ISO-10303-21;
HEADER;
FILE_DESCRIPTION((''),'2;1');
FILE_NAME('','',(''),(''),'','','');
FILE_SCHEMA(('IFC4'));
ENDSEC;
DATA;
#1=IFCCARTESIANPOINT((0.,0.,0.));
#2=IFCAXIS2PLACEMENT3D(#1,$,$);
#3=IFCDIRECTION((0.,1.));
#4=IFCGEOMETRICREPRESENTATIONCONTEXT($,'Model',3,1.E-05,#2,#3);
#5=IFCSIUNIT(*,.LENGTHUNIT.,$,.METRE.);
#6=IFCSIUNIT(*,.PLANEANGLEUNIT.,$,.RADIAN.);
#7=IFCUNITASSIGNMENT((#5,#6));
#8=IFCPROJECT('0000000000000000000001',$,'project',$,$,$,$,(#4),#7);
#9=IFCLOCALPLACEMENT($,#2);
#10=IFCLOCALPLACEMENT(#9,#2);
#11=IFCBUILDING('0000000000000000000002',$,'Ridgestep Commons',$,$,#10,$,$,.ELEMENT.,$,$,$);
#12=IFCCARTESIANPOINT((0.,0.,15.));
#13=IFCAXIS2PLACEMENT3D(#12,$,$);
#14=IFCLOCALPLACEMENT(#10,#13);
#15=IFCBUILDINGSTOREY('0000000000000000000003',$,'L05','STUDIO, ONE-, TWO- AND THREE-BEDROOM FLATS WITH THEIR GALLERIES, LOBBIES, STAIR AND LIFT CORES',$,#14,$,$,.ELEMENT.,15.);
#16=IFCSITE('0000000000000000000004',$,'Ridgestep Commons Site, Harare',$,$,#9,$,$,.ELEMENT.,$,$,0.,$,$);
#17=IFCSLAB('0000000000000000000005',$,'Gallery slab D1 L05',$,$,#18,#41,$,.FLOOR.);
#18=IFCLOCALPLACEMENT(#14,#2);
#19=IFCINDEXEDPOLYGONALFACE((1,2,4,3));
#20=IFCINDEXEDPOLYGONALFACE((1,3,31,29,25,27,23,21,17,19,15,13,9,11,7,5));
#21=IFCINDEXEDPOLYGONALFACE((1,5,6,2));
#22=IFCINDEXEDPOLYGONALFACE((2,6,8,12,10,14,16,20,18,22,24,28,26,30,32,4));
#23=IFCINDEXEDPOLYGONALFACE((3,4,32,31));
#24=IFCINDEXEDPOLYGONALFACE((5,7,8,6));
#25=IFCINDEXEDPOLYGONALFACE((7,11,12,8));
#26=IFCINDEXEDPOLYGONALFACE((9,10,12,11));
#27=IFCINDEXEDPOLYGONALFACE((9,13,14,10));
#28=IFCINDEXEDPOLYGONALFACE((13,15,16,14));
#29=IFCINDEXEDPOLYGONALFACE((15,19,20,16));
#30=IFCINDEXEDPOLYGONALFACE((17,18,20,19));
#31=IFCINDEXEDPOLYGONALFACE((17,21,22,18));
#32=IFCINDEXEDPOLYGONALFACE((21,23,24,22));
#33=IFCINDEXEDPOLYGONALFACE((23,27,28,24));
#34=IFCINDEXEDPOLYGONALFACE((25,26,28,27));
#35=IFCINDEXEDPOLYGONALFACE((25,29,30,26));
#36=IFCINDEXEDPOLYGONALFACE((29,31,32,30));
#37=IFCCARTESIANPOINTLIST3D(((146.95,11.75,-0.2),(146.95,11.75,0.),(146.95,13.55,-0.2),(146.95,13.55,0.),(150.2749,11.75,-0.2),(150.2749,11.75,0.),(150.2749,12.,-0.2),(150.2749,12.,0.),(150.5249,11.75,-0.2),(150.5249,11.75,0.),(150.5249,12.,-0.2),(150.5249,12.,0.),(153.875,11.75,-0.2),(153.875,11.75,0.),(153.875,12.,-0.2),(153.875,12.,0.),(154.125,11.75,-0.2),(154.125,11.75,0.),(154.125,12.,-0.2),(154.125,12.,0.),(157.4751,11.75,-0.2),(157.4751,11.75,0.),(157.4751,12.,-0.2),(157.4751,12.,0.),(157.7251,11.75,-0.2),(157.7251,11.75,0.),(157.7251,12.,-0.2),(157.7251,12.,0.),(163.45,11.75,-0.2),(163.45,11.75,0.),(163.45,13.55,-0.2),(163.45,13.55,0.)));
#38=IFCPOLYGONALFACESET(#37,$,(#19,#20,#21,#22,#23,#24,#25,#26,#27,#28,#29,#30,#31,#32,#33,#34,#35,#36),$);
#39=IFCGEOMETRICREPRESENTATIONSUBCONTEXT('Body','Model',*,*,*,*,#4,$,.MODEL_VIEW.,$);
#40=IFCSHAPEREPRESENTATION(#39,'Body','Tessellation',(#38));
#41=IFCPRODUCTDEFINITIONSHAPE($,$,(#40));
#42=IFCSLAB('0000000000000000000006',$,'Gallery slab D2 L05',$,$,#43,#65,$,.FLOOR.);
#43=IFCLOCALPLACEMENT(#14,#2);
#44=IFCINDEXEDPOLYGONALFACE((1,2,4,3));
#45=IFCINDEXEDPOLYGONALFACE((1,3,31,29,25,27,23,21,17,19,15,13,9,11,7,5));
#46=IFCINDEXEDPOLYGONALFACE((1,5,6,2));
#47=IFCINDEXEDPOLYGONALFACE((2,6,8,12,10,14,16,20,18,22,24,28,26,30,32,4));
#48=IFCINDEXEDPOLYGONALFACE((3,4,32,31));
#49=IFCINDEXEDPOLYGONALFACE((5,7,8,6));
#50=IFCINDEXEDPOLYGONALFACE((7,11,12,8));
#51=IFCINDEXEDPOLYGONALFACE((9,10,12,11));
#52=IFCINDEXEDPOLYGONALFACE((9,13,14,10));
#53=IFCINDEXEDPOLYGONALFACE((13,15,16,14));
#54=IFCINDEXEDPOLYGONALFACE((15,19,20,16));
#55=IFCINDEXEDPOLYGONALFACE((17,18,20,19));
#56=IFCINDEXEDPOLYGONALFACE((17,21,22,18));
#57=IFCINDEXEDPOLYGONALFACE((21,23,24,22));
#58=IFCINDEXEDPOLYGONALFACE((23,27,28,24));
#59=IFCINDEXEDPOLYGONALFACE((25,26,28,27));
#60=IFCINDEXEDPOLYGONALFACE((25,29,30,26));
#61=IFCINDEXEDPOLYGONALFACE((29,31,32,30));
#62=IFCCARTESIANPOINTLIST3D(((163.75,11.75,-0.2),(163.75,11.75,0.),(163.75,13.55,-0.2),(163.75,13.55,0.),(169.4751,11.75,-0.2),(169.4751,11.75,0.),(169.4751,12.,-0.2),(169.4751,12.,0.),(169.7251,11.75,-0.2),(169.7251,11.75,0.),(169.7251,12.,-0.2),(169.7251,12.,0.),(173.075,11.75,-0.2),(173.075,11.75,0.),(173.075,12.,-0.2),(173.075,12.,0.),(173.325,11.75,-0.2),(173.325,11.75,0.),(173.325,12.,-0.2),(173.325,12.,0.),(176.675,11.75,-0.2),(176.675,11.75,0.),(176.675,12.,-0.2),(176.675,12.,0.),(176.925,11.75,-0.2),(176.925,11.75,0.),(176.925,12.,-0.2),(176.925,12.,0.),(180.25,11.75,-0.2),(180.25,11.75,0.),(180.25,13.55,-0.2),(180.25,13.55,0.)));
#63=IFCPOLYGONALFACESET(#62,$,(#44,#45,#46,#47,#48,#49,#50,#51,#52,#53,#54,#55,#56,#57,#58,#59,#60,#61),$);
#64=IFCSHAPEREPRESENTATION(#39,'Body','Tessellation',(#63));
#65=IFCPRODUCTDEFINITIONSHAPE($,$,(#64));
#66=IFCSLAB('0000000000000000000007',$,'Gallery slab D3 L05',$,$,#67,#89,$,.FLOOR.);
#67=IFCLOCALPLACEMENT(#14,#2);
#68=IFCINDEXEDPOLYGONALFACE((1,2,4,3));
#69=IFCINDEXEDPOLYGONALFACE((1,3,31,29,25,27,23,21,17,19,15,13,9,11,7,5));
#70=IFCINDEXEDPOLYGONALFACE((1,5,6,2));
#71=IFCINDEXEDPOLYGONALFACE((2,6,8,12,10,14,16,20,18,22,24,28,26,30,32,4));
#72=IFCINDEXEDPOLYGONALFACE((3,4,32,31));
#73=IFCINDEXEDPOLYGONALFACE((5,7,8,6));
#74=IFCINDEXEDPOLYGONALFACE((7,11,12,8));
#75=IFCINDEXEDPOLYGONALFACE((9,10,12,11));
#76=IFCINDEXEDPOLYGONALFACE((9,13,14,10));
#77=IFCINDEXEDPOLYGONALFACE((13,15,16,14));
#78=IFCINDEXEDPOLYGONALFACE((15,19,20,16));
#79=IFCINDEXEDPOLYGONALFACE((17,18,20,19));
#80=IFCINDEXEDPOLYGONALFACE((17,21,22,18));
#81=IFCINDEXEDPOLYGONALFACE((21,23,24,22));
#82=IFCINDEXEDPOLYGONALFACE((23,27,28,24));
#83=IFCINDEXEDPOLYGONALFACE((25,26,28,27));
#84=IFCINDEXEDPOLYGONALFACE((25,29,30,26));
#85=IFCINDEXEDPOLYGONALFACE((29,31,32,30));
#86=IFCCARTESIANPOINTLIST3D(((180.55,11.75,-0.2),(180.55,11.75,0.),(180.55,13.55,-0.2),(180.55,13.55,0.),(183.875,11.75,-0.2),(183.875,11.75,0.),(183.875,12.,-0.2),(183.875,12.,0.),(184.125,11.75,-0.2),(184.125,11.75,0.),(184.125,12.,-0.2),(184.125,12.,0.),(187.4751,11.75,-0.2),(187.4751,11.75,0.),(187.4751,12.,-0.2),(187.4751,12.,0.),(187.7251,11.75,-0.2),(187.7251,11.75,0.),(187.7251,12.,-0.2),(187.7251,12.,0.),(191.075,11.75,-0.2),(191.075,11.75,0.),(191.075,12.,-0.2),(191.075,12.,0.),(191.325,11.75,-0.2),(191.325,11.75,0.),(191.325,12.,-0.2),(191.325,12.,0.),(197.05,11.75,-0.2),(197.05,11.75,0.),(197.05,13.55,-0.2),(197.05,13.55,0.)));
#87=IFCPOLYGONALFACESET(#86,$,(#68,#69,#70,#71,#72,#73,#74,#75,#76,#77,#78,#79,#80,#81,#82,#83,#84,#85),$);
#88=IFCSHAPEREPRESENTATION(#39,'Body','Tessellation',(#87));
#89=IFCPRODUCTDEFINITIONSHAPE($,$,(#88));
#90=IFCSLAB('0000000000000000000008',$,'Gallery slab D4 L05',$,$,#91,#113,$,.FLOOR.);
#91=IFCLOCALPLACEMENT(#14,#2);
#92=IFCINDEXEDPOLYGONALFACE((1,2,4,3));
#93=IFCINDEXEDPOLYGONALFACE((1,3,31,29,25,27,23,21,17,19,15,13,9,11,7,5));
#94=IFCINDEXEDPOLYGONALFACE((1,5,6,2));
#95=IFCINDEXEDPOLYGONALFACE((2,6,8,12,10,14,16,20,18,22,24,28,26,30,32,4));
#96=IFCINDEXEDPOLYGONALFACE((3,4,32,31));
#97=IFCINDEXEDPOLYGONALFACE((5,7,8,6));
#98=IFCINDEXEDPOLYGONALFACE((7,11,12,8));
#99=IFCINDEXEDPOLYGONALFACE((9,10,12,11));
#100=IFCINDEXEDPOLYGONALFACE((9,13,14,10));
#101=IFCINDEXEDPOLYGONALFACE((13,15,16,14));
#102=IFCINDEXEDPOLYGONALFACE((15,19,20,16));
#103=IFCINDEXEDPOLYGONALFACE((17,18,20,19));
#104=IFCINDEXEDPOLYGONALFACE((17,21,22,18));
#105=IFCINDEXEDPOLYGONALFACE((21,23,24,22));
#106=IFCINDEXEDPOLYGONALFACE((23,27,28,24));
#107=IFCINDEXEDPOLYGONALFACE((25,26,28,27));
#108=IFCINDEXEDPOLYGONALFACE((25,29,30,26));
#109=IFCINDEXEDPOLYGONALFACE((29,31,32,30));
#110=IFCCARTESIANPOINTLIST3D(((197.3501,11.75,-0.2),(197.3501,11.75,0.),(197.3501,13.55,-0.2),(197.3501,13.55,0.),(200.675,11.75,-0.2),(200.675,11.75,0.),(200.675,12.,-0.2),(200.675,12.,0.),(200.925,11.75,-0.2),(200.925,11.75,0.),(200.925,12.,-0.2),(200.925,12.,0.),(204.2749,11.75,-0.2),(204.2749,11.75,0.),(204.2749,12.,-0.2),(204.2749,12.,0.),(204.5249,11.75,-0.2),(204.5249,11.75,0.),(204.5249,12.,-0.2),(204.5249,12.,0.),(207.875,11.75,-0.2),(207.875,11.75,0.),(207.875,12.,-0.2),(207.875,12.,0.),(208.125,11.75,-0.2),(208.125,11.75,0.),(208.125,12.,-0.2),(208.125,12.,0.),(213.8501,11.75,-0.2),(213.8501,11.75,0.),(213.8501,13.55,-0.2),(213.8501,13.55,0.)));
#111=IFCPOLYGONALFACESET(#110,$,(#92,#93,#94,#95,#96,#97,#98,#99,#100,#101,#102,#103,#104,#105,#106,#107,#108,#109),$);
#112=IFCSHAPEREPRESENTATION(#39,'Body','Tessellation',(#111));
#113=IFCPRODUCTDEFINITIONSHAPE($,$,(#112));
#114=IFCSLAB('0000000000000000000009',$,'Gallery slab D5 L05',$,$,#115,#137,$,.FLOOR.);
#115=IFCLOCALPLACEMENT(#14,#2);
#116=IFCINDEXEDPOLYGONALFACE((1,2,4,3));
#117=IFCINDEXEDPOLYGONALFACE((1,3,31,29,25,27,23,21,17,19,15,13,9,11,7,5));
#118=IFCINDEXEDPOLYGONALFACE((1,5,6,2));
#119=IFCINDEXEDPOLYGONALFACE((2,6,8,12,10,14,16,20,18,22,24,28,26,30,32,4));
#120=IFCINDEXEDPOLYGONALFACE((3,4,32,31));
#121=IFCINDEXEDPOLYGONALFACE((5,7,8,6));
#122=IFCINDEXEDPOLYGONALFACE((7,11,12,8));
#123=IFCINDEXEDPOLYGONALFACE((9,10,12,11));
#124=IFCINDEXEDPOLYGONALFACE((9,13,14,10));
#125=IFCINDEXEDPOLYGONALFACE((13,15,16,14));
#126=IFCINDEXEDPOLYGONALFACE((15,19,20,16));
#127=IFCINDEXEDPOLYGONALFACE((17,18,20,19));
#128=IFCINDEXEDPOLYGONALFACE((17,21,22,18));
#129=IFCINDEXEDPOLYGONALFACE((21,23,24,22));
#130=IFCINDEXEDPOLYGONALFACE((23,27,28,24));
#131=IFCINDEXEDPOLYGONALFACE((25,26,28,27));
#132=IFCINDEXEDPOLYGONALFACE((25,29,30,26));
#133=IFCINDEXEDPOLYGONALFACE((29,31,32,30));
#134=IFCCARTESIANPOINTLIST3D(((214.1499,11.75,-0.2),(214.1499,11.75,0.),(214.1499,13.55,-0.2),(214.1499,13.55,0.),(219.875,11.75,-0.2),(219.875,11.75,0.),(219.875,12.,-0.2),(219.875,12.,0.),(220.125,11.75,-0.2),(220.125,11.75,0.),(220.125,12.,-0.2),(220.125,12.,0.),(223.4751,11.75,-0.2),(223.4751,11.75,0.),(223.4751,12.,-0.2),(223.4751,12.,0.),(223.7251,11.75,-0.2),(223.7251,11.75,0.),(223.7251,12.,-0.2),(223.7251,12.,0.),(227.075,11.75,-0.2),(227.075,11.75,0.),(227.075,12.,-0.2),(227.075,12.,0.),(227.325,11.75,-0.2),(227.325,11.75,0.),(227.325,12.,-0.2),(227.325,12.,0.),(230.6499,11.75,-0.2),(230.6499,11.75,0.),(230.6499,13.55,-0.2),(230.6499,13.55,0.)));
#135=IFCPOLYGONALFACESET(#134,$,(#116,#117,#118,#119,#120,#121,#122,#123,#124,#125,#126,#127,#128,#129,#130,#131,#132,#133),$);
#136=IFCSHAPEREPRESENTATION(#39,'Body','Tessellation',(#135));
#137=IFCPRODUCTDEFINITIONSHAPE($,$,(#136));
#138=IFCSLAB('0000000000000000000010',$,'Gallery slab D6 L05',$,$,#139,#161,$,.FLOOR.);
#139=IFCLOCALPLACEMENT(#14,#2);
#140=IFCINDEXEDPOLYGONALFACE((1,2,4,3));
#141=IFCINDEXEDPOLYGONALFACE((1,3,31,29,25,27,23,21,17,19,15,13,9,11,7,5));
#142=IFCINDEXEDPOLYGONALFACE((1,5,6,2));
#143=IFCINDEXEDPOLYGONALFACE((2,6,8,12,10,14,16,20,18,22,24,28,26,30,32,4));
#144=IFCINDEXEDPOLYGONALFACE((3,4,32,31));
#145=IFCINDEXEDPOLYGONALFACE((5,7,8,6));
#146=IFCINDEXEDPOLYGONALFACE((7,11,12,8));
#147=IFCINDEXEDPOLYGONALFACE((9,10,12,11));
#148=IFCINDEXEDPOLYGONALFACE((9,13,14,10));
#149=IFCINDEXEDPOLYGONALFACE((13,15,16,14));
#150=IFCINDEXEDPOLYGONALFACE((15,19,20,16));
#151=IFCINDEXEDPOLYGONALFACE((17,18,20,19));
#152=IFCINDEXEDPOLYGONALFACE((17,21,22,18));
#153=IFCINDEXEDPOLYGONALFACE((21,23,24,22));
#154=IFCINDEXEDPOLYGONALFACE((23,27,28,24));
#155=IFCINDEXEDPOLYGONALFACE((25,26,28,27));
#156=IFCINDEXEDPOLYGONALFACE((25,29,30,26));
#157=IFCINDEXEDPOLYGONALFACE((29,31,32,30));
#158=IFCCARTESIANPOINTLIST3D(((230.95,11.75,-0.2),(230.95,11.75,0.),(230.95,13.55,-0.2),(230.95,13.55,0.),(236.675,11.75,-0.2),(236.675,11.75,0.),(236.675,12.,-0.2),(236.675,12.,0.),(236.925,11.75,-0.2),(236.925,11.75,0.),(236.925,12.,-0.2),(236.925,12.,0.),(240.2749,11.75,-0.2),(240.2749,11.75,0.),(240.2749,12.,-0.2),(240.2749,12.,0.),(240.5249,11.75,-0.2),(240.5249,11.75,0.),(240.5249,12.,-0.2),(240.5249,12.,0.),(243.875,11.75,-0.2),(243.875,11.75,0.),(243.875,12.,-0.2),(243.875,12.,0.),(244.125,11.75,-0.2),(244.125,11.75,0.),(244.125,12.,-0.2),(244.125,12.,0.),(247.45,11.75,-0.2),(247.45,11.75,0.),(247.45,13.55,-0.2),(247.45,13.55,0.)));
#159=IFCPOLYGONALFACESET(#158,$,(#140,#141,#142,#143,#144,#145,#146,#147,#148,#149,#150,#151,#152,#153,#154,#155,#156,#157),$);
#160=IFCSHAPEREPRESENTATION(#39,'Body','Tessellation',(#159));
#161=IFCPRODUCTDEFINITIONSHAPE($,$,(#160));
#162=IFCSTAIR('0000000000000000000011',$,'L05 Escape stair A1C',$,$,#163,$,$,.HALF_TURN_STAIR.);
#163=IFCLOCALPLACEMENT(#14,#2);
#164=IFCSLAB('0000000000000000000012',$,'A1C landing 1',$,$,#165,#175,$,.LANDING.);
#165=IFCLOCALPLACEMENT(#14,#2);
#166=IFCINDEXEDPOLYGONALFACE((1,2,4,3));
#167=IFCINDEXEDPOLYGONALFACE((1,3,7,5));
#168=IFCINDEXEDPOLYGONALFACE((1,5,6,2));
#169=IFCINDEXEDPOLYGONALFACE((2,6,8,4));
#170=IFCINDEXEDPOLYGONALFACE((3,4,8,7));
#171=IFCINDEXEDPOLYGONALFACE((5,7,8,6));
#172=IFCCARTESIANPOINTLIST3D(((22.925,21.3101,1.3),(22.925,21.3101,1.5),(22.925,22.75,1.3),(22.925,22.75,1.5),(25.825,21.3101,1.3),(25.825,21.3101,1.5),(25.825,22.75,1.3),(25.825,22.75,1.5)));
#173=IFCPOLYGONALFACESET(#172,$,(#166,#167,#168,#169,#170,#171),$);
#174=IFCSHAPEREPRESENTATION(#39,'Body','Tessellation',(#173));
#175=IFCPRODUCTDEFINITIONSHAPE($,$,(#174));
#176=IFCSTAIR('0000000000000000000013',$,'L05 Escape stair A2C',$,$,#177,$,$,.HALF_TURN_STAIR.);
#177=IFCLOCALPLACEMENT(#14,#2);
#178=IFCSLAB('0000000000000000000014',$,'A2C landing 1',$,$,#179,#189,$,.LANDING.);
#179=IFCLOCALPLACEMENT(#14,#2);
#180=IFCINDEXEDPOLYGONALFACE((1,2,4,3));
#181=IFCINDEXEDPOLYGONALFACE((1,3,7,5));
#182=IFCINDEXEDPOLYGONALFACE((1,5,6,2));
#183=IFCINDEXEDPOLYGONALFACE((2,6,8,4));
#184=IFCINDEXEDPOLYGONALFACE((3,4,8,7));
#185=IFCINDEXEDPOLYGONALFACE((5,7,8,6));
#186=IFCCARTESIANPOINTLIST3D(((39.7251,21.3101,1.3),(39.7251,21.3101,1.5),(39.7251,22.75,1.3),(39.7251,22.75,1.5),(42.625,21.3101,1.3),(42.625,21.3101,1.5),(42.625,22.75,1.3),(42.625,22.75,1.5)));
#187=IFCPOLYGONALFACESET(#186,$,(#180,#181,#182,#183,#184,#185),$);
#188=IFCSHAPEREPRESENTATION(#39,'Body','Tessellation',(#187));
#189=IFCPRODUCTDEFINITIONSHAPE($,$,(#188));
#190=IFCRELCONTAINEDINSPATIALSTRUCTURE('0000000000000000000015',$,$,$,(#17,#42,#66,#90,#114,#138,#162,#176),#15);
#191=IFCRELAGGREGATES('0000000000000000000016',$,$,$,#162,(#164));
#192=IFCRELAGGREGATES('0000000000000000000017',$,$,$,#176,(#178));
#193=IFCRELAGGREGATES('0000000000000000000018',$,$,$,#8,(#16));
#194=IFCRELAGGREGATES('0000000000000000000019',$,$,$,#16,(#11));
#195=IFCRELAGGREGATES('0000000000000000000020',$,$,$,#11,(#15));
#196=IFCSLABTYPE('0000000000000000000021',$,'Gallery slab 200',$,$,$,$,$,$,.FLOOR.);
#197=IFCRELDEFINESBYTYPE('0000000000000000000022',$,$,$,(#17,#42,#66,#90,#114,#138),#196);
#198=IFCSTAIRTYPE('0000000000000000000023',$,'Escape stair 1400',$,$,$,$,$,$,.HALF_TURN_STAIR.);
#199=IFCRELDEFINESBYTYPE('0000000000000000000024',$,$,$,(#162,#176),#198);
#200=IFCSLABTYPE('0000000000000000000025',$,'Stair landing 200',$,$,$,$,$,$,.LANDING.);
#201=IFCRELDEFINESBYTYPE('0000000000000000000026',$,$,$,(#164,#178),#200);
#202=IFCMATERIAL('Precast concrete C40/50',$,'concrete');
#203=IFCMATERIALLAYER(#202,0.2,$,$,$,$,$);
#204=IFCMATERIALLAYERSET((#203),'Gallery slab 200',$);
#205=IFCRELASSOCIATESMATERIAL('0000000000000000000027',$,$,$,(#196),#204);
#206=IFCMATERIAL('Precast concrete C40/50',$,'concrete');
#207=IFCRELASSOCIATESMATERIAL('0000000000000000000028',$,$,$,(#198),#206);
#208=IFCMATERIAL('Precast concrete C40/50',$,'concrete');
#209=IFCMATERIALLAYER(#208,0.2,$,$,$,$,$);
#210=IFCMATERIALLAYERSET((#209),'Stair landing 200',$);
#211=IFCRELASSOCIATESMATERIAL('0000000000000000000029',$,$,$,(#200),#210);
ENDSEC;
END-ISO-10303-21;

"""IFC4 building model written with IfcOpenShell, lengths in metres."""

from ifc_helpers import new_model, si_unit, direction, frame, origin, place, context, subcontext, project, spatial, polyline, outline, extrude, material, layer, layer_set, type_object, element, aggregate, save


model = new_model("IFC4")

# Units and contexts
model_context = context("Model", 3, precision=1e-05, world=origin(), true_north=direction((0.0, 1.0)))
body_context = subcontext(model_context, "Body", "Model", "MODEL_VIEW")
ifc_project = project(units=[si_unit("LENGTHUNIT", "METRE"), si_unit("PLANEANGLEUNIT", "RADIAN")], contexts=[model_context])

# Site, building, storey
site_placement = place(None, origin())
site = spatial("IfcSite", under=ifc_project, at=site_placement, Name="Ridgestep Commons Site, Harare", CompositionType="ELEMENT", RefElevation=0.0)
building_placement = place(site_placement, origin())
building = spatial("IfcBuilding", under=site, at=building_placement, Name="Ridgestep Commons", CompositionType="ELEMENT")
storey_placement = place(building_placement, frame((0.0, 0.0, 15.0)))
storey = spatial("IfcBuildingStorey", under=building, at=storey_placement, Name="L05", Description="STUDIO, ONE-, TWO- AND THREE-BEDROOM FLATS WITH THEIR GALLERIES, LOBBIES, STAIR AND LIFT CORES", CompositionType="ELEMENT", Elevation=15.0)

# Slabs
ifc_material_1 = material(Name="Precast concrete C40/50", Category="concrete")
ifc_layer_1 = layer(ifc_material_1, 0.2)
ifc_layer_set_1 = layer_set([ifc_layer_1], Name="Gallery slab 200")
slab_type_1 = type_object("IfcSlabType", Name="Gallery slab 200", PredefinedType="FLOOR", material=ifc_layer_set_1)
slab_1_placement = place(storey_placement, frame((0.0, 0.0, -0.2)))
element("IfcSlab", 1, at=slab_1_placement, inside=storey, type_object=slab_type_1, Name="Gallery slab D1 L05", PredefinedType="FLOOR", context=body_context, shape_type="SweptSolid", body=[
    extrude(outline(polyline([(163.45, 13.55), (146.95, 13.55), (146.95, 11.75), (150.2749, 11.75), (150.2749, 12.0), (150.5249, 12.0), (150.5249, 11.75), (153.875, 11.75), (153.875, 12.0), (154.125, 12.0), (154.125, 11.75), (157.4751, 11.75), (157.4751, 12.0), (157.7251, 12.0), (157.7251, 11.75), (163.45, 11.75), (163.45, 13.55)])), origin(), (0.0, 0.0, 1.0), 0.2),
])
slab_2_placement = place(storey_placement, frame((0.0, 0.0, -0.2)))
element("IfcSlab", 2, at=slab_2_placement, inside=storey, type_object=slab_type_1, Name="Gallery slab D2 L05", PredefinedType="FLOOR", context=body_context, shape_type="SweptSolid", body=[
    extrude(outline(polyline([(180.25, 13.55), (163.75, 13.55), (163.75, 11.75), (169.4751, 11.75), (169.4751, 12.0), (169.7251, 12.0), (169.7251, 11.75), (173.075, 11.75), (173.075, 12.0), (173.325, 12.0), (173.325, 11.75), (176.675, 11.75), (176.675, 12.0), (176.925, 12.0), (176.925, 11.75), (180.25, 11.75), (180.25, 13.55)])), origin(), (0.0, 0.0, 1.0), 0.2),
])
slab_3_placement = place(storey_placement, frame((0.0, 0.0, -0.2)))
element("IfcSlab", 3, at=slab_3_placement, inside=storey, type_object=slab_type_1, Name="Gallery slab D3 L05", PredefinedType="FLOOR", context=body_context, shape_type="SweptSolid", body=[
    extrude(outline(polyline([(197.05, 13.55), (180.55, 13.55), (180.55, 11.75), (183.875, 11.75), (183.875, 12.0), (184.125, 12.0), (184.125, 11.75), (187.4751, 11.75), (187.4751, 12.0), (187.7251, 12.0), (187.7251, 11.75), (191.075, 11.75), (191.075, 12.0), (191.325, 12.0), (191.325, 11.75), (197.05, 11.75), (197.05, 13.55)])), origin(), (0.0, 0.0, 1.0), 0.2),
])
slab_4_placement = place(storey_placement, frame((0.0, 0.0, -0.2)))
element("IfcSlab", 4, at=slab_4_placement, inside=storey, type_object=slab_type_1, Name="Gallery slab D4 L05", PredefinedType="FLOOR", context=body_context, shape_type="SweptSolid", body=[
    extrude(outline(polyline([(213.8501, 13.55), (197.3501, 13.55), (197.3501, 11.75), (200.675, 11.75), (200.675, 12.0), (200.925, 12.0), (200.925, 11.75), (204.2749, 11.75), (204.2749, 12.0), (204.5249, 12.0), (204.5249, 11.75), (207.875, 11.75), (207.875, 12.0), (208.125, 12.0), (208.125, 11.75), (213.8501, 11.75), (213.8501, 13.55)])), origin(), (0.0, 0.0, 1.0), 0.2),
])
slab_5_placement = place(storey_placement, frame((0.0, 0.0, -0.2)))
element("IfcSlab", 5, at=slab_5_placement, inside=storey, type_object=slab_type_1, Name="Gallery slab D5 L05", PredefinedType="FLOOR", context=body_context, shape_type="SweptSolid", body=[
    extrude(outline(polyline([(230.6499, 13.55), (214.1499, 13.55), (214.1499, 11.75), (219.875, 11.75), (219.875, 12.0), (220.125, 12.0), (220.125, 11.75), (223.4751, 11.75), (223.4751, 12.0), (223.7251, 12.0), (223.7251, 11.75), (227.075, 11.75), (227.075, 12.0), (227.325, 12.0), (227.325, 11.75), (230.6499, 11.75), (230.6499, 13.55)])), origin(), (0.0, 0.0, 1.0), 0.2),
])
slab_6_placement = place(storey_placement, frame((0.0, 0.0, -0.2)))
element("IfcSlab", 6, at=slab_6_placement, inside=storey, type_object=slab_type_1, Name="Gallery slab D6 L05", PredefinedType="FLOOR", context=body_context, shape_type="SweptSolid", body=[
    extrude(outline(polyline([(247.45, 13.55), (230.95, 13.55), (230.95, 11.75), (236.675, 11.75), (236.675, 12.0), (236.925, 12.0), (236.925, 11.75), (240.2749, 11.75), (240.2749, 12.0), (240.5249, 12.0), (240.5249, 11.75), (243.875, 11.75), (243.875, 12.0), (244.125, 12.0), (244.125, 11.75), (247.45, 11.75), (247.45, 13.55)])), origin(), (0.0, 0.0, 1.0), 0.2),
])

# Stairs, slabs
ifc_material_2 = material(Name="Precast concrete C40/50", Category="concrete")
stair_type = type_object("IfcStairType", Name="Escape stair 1400", PredefinedType="HALF_TURN_STAIR", material=ifc_material_2)
stair_1_placement = place(storey_placement, origin())
stair_1 = element("IfcStair", 7, at=stair_1_placement, inside=storey, type_object=stair_type, Name="L05 Escape stair A1C", PredefinedType="HALF_TURN_STAIR")
ifc_material_3 = material(Name="Precast concrete C40/50", Category="concrete")
ifc_layer_2 = layer(ifc_material_3, 0.2)
ifc_layer_set_2 = layer_set([ifc_layer_2], Name="Stair landing 200")
slab_type_2 = type_object("IfcSlabType", Name="Stair landing 200", PredefinedType="LANDING", material=ifc_layer_set_2)
slab_7_placement = place(storey_placement, frame((0.0, 0.0, 1.3)))
slab_7 = element("IfcSlab", 8, at=slab_7_placement, type_object=slab_type_2, Name="A1C landing 1", PredefinedType="LANDING", context=body_context, shape_type="SweptSolid", body=[
    extrude(outline(polyline([(25.825, 21.3101), (25.825, 22.75), (22.925, 22.75), (22.925, 21.3101), (25.825, 21.3101)])), origin(), (0.0, 0.0, 1.0), 0.2),
])
aggregate(stair_1, [slab_7])
stair_2_placement = place(storey_placement, origin())
stair_2 = element("IfcStair", 9, at=stair_2_placement, inside=storey, type_object=stair_type, Name="L05 Escape stair A2C", PredefinedType="HALF_TURN_STAIR")
slab_8_placement = place(storey_placement, frame((0.0, 0.0, 1.3)))
slab_8 = element("IfcSlab", 10, at=slab_8_placement, type_object=slab_type_2, Name="A2C landing 1", PredefinedType="LANDING", context=body_context, shape_type="SweptSolid", body=[
    extrude(outline(polyline([(42.625, 21.3101), (42.625, 22.75), (39.7251, 22.75), (39.7251, 21.3101), (42.625, 21.3101)])), origin(), (0.0, 0.0, 1.0), 0.2),
])
aggregate(stair_2, [slab_8])

save(model, "model.ifc")
